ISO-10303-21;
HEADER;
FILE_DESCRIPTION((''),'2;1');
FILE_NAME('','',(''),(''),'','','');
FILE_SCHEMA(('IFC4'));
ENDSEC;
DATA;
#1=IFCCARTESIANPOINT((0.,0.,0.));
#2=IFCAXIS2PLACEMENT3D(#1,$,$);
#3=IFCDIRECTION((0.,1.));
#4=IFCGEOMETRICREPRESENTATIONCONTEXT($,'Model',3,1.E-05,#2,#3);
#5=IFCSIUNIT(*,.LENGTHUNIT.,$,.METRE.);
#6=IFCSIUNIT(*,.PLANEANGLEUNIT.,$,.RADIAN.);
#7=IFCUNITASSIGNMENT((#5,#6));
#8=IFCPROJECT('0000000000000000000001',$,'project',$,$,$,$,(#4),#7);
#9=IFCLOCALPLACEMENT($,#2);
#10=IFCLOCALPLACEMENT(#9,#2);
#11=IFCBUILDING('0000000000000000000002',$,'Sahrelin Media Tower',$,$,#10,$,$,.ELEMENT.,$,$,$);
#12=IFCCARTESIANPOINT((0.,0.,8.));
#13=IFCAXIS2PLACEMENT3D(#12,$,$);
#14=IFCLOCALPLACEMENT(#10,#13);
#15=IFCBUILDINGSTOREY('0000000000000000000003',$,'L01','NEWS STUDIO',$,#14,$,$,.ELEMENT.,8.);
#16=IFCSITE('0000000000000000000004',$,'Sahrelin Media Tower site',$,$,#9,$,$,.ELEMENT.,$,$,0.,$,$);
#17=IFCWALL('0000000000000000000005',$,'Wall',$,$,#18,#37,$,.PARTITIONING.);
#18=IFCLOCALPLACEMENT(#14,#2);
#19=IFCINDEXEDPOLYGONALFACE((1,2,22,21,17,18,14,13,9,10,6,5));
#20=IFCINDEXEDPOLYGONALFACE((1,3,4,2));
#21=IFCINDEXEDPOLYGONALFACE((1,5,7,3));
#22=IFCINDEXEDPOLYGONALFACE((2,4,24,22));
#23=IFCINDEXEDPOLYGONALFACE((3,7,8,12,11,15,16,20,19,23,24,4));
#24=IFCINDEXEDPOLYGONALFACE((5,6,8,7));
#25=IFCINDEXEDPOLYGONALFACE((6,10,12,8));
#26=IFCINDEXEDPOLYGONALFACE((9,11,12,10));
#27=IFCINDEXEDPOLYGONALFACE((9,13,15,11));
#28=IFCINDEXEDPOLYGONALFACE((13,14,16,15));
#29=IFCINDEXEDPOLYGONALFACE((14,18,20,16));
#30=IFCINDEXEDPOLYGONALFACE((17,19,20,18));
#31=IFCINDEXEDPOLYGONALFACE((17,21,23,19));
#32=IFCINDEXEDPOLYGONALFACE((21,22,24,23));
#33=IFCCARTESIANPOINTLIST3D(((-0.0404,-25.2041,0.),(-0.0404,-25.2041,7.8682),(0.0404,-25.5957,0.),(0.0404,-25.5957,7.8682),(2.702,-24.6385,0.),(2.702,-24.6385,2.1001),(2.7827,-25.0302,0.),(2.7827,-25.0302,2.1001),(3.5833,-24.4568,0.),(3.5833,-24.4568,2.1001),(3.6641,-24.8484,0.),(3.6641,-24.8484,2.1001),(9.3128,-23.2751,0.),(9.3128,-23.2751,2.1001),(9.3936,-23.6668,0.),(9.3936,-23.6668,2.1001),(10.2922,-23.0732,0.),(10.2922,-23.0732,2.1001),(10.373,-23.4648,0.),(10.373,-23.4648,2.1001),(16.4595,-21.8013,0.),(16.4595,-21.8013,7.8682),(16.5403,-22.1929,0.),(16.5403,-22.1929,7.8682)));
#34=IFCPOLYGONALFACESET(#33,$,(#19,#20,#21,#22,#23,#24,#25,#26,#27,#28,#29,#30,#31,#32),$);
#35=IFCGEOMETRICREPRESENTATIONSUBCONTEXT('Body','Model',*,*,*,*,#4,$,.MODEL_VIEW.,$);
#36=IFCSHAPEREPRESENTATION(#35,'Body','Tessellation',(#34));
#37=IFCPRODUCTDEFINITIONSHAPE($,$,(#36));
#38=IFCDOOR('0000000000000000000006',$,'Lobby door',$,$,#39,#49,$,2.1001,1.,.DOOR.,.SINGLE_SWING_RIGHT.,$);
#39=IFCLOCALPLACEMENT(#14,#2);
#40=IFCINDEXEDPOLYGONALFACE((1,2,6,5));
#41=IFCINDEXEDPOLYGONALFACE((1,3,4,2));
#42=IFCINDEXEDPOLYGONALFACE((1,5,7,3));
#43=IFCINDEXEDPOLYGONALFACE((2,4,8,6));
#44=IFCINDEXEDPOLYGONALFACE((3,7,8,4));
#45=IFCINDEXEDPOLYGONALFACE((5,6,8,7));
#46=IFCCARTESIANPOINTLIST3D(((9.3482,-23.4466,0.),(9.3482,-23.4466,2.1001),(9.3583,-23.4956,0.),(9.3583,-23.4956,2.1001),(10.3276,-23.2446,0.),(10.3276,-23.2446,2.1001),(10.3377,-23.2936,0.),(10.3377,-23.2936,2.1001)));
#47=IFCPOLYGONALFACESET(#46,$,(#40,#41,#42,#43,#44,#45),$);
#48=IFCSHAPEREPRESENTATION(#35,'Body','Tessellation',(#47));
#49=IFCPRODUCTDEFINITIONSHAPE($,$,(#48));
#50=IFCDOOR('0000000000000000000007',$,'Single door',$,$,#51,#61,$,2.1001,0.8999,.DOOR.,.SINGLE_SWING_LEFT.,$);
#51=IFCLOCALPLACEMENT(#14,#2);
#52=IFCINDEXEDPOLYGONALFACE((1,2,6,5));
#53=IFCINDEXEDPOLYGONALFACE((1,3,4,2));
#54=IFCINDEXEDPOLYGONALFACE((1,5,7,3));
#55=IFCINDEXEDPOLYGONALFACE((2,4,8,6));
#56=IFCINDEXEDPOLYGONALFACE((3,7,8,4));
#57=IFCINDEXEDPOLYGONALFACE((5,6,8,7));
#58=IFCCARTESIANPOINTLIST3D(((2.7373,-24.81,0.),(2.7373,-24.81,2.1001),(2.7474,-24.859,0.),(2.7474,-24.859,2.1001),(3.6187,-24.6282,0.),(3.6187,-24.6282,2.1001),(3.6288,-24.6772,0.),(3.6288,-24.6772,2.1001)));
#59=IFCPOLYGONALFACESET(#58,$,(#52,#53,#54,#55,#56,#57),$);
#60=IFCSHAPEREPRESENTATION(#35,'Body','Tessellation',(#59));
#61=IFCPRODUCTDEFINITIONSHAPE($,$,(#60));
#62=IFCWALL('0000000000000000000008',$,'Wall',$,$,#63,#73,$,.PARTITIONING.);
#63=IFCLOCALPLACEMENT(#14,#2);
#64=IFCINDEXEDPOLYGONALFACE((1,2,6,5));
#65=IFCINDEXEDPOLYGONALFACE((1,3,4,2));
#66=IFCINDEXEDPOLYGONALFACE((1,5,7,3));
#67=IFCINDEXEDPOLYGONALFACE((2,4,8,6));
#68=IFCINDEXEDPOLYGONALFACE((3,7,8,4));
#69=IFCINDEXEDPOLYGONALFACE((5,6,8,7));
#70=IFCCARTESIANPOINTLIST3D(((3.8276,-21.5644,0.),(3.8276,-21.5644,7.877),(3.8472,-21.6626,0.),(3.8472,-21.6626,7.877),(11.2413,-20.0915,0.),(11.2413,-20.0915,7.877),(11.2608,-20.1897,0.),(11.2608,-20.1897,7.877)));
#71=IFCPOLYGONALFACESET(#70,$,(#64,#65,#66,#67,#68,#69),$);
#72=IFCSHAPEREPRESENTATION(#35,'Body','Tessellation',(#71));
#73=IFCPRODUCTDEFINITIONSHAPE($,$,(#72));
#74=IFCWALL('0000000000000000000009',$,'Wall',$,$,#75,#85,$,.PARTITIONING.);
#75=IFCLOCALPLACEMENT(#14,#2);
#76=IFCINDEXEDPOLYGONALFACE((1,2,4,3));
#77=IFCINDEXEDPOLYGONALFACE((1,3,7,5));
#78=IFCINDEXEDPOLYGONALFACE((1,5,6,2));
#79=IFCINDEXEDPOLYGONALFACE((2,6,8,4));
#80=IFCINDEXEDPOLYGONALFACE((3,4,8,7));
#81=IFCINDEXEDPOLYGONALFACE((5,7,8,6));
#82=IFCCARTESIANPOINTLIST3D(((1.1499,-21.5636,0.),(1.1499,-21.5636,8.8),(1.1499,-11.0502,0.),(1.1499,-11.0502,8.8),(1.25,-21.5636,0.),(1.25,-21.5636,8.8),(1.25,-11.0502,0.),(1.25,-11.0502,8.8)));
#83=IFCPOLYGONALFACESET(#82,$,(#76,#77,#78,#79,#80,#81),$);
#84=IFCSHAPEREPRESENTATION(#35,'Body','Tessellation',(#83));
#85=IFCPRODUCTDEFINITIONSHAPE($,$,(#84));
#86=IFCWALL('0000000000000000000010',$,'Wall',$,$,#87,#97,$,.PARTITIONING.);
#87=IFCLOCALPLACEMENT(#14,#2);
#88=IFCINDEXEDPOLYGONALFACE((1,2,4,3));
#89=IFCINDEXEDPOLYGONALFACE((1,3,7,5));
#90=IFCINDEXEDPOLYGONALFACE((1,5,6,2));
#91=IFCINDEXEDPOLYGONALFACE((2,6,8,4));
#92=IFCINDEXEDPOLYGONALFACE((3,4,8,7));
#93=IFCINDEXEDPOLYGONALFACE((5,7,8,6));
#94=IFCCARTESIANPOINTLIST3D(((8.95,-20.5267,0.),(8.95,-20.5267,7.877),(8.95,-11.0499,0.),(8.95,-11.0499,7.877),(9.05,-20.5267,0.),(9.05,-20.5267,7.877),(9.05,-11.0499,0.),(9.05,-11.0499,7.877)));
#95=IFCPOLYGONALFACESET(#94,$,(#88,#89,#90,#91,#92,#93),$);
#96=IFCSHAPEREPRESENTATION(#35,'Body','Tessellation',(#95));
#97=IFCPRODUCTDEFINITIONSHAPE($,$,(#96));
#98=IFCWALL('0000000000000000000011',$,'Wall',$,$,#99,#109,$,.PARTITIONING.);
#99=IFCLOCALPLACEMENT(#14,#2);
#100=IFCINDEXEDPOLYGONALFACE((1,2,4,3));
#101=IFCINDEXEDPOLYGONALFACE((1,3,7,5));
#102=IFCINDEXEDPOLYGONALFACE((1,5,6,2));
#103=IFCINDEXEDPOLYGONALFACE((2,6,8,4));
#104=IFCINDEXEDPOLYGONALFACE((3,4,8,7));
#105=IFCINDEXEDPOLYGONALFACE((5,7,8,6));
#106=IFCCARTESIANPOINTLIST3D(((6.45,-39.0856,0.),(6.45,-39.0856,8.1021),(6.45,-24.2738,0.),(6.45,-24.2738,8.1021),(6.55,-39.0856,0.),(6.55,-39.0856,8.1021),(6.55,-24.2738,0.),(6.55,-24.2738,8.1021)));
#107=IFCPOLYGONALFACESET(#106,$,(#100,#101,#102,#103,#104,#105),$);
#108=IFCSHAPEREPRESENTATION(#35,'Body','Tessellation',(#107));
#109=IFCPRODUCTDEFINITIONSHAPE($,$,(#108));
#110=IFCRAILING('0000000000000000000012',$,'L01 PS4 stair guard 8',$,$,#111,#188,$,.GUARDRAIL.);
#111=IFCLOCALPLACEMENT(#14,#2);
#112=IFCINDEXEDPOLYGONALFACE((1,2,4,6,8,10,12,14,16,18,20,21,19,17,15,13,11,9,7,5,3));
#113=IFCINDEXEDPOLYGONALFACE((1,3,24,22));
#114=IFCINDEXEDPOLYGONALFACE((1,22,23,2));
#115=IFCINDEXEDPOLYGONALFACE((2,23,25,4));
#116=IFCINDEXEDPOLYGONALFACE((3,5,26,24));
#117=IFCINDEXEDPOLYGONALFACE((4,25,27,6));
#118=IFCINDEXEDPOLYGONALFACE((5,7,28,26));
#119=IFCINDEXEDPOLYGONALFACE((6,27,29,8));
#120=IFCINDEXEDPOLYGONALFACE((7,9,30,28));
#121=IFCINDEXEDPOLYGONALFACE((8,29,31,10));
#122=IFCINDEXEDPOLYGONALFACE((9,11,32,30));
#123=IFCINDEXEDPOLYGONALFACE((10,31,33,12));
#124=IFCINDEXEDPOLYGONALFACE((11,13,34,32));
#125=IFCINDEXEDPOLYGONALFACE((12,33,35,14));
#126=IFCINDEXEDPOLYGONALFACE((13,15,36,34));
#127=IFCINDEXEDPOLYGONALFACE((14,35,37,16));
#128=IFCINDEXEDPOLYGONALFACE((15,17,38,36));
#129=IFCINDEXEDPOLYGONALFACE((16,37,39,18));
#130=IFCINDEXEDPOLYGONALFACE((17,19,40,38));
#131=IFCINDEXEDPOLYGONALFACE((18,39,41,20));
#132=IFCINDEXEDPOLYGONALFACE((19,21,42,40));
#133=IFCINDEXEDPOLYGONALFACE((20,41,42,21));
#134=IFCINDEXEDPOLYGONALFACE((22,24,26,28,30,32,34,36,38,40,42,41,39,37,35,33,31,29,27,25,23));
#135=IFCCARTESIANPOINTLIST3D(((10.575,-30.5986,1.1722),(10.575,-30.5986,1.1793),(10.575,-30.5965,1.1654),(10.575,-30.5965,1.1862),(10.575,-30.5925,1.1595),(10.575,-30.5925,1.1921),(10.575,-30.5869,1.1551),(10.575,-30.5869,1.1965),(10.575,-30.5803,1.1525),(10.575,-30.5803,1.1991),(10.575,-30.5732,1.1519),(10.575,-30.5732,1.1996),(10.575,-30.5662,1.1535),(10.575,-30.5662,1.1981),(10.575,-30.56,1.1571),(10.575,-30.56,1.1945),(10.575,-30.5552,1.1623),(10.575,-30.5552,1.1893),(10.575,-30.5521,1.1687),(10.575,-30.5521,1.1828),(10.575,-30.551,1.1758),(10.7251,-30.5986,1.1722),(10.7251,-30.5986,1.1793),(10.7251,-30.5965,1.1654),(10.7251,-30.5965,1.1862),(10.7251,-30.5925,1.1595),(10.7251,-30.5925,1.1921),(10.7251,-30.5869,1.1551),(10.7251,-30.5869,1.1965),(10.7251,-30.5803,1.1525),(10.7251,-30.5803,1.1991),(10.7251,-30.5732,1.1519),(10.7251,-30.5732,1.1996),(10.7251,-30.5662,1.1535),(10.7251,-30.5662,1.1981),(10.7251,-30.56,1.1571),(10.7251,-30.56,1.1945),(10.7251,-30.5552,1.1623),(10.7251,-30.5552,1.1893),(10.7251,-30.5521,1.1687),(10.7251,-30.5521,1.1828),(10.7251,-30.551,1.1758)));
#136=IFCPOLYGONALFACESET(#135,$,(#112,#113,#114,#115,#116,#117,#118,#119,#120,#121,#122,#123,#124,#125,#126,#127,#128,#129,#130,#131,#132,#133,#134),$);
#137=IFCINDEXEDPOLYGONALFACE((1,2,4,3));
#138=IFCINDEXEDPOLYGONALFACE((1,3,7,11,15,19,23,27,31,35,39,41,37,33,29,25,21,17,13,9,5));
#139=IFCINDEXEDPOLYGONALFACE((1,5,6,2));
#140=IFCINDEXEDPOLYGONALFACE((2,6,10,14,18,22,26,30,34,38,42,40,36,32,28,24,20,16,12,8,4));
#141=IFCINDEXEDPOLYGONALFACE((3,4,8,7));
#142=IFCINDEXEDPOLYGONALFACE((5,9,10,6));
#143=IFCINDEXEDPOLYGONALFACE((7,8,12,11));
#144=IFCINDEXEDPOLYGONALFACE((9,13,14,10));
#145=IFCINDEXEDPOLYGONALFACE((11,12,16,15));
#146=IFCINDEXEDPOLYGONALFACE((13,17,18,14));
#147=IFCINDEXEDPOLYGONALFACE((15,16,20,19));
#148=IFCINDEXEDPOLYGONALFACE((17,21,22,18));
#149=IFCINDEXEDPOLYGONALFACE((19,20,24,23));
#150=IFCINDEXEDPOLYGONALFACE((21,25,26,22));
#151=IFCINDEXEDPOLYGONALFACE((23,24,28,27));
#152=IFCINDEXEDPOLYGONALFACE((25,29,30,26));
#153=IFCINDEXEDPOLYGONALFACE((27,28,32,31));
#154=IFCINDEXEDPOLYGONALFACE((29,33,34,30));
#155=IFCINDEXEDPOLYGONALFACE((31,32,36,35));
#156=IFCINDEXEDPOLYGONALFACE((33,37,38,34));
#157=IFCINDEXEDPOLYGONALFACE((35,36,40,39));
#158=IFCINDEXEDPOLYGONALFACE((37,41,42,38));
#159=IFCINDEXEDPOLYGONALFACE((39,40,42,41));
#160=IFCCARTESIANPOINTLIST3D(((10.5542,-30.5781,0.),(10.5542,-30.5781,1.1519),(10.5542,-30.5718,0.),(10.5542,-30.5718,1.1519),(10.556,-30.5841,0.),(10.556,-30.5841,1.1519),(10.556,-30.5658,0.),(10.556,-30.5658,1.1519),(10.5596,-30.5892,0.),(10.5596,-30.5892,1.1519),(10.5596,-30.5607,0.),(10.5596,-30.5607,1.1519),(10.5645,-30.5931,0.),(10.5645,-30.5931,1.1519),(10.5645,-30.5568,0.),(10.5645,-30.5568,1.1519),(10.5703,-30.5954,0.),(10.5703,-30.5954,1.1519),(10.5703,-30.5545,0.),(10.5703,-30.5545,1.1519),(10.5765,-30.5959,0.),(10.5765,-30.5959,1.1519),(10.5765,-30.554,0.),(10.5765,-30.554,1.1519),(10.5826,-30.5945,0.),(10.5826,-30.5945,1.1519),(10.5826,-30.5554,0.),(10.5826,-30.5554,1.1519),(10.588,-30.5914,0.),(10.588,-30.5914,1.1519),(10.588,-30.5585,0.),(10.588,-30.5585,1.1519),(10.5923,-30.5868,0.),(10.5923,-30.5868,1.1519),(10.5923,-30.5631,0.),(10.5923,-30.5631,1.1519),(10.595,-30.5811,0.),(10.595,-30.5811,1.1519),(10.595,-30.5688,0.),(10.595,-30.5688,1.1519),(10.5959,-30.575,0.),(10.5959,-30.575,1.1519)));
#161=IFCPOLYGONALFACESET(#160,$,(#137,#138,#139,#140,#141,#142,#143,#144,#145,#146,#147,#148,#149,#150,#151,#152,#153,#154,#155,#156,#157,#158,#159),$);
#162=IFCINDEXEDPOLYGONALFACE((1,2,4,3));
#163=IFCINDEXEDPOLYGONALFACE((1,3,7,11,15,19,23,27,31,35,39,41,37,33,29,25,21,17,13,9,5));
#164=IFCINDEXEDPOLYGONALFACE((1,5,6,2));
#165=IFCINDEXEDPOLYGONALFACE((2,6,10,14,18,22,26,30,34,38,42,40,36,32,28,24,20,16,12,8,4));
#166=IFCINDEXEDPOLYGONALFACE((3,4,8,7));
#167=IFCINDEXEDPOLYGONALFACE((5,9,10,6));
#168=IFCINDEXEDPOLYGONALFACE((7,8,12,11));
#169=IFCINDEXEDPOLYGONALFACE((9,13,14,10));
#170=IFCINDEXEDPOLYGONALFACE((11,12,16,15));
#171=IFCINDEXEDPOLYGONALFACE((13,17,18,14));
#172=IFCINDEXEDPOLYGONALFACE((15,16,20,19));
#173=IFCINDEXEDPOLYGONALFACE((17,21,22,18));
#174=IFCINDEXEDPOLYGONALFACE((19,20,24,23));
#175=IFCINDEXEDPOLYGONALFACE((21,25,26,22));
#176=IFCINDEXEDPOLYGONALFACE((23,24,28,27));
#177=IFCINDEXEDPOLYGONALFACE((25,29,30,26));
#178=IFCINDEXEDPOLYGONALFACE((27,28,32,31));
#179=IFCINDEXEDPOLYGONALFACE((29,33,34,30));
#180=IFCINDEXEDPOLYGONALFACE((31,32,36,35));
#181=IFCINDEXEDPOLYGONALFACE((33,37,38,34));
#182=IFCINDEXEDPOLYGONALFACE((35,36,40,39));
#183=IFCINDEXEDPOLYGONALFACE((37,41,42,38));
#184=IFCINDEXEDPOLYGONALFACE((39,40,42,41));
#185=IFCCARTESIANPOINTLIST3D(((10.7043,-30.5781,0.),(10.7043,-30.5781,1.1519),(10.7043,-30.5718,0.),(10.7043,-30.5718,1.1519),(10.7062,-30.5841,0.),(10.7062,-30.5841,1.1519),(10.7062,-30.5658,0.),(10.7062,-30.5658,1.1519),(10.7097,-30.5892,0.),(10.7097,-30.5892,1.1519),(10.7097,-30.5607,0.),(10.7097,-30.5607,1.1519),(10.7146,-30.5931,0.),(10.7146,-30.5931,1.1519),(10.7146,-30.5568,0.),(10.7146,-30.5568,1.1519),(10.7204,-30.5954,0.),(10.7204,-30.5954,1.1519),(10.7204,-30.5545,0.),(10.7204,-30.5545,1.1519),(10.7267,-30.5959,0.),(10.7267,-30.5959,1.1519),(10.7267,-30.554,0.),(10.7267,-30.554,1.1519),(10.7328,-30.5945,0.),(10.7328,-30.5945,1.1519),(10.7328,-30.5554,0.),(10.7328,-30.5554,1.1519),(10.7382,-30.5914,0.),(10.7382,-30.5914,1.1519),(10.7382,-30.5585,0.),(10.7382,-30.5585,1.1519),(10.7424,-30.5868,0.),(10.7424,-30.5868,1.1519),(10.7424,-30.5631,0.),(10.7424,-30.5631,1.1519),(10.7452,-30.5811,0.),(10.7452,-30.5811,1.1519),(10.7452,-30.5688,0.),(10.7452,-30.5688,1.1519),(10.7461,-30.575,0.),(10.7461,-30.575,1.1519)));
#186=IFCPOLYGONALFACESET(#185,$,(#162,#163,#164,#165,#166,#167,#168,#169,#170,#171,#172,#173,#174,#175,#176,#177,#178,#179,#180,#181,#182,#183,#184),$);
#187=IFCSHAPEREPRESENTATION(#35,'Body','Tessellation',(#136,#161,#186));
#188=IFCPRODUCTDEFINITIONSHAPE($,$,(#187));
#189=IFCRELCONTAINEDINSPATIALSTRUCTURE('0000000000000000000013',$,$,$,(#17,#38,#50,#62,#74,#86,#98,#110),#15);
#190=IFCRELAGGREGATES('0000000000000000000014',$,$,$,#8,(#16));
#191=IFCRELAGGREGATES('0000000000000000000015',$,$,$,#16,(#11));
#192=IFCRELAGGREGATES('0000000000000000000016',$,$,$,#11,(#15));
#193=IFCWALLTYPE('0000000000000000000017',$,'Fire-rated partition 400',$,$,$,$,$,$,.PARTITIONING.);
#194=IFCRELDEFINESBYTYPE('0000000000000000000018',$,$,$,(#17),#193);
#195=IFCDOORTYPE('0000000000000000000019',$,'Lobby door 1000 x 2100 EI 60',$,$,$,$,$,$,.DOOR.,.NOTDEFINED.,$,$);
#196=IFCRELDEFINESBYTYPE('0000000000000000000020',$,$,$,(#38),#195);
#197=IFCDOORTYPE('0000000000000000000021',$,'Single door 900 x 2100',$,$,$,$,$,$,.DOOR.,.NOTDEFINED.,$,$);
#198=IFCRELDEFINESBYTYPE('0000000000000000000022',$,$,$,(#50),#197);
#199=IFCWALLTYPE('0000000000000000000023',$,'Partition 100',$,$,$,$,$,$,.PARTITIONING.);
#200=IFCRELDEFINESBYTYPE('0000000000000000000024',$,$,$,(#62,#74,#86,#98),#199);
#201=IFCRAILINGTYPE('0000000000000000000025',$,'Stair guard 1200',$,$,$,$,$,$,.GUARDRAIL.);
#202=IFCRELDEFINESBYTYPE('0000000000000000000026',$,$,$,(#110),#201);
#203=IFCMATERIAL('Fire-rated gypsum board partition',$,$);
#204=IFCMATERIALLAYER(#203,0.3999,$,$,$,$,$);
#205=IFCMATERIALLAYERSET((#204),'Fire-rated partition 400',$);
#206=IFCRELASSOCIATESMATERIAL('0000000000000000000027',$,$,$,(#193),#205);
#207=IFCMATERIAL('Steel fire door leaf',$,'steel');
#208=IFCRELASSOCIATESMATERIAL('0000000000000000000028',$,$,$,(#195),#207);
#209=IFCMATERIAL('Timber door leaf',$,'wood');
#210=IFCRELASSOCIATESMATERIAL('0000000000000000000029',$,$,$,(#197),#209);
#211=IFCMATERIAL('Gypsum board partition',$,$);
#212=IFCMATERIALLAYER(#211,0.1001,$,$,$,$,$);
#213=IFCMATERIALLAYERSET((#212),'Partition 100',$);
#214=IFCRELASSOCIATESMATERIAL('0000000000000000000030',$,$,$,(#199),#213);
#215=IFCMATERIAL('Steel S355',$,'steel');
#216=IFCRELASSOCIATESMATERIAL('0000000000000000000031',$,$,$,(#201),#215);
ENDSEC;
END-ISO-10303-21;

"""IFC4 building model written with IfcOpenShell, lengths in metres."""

from ifc_helpers import new_model, si_unit, direction, frame, frame_2d, origin, origin_2d, place, context, subcontext, project, spatial, rectangle, circle, extrude, material, layer, layer_set, type_object, element, fill, save


model = new_model("IFC4")

# Units and contexts
model_context = context("Model", 3, precision=1e-05, world=origin(), true_north=direction((0.0, 1.0)))
body_context = subcontext(model_context, "Body", "Model", "MODEL_VIEW")
ifc_project = project(units=[si_unit("LENGTHUNIT", "METRE"), si_unit("PLANEANGLEUNIT", "RADIAN")], contexts=[model_context])

# Site, building, storey
site_placement = place(None, origin())
site = spatial("IfcSite", under=ifc_project, at=site_placement, Name="Sahrelin Media Tower site", CompositionType="ELEMENT", RefElevation=0.0)
building_placement = place(site_placement, origin())
building = spatial("IfcBuilding", under=site, at=building_placement, Name="Sahrelin Media Tower", CompositionType="ELEMENT")
storey_placement = place(building_placement, frame((0.0, 0.0, 8.0)))
storey = spatial("IfcBuildingStorey", under=building, at=storey_placement, Name="L01", Description="NEWS STUDIO", CompositionType="ELEMENT", Elevation=8.0)

# Shared definitions
ifc_material_1 = material(Name="Steel S355", Category="steel")

# Wall, openings, doors
ifc_material_2 = material(Name="Fire-rated gypsum board partition")
ifc_layer_1 = layer(ifc_material_2, 0.3999)
ifc_layer_set_1 = layer_set([ifc_layer_1], Name="Fire-rated partition 400")
wall_type_1 = type_object("IfcWallType", Name="Fire-rated partition 400", PredefinedType="PARTITIONING", material=ifc_layer_set_1)
wall_1_placement = place(storey_placement, frame((0.0, -25.3999, 0.0), z_axis=(0.0, 0.0, 1.0), x_axis=(0.979389, 0.201982, 0.0)))
wall_1 = element("IfcWall", 1, at=wall_1_placement, inside=storey, type_object=wall_type_1, Name="Wall", PredefinedType="PARTITIONING", context=body_context, shape_type="SweptSolid", body=[
    extrude(rectangle(XDim=16.8472, YDim=0.3999, at=frame_2d((8.4236, 0.0))), origin(), (0.0, 0.0, 1.0), 7.8682),
])
opening_1_placement = place(wall_1_placement, frame((9.55, 0.0, 0.0)))
opening_1 = element("IfcOpeningElement", 2, at=opening_1_placement, cuts=wall_1, PredefinedType="OPENING", context=body_context, shape_type="SweptSolid", body=[
    extrude(rectangle(XDim=1.0, YDim=2.1001, at=frame_2d((0.5, 1.05))), frame((0.0, 0.2, 0.0), z_axis=(0.0, -1.0, 0.0), x_axis=(1.0, 0.0, 0.0)), (0.0, 0.0, 1.0), 0.3999),
])
opening_2_placement = place(wall_1_placement, frame((2.8, 0.0, 0.0)))
opening_2 = element("IfcOpeningElement", 3, at=opening_2_placement, cuts=wall_1, PredefinedType="OPENING", context=body_context, shape_type="SweptSolid", body=[
    extrude(rectangle(XDim=0.8999, YDim=2.1001, at=frame_2d((0.45, 1.05))), frame((0.0, 0.2, 0.0), z_axis=(0.0, -1.0, 0.0), x_axis=(1.0, 0.0, 0.0)), (0.0, 0.0, 1.0), 0.3999),
])
ifc_material_3 = material(Name="Steel fire door leaf", Category="steel")
door_type_1 = type_object("IfcDoorType", Name="Lobby door 1000 x 2100 EI 60", OperationType="NOTDEFINED", PredefinedType="DOOR", material=ifc_material_3)
door_1_placement = place(opening_1_placement, origin())
door_1 = element("IfcDoor", 4, at=door_1_placement, inside=storey, type_object=door_type_1, Name="Lobby door", OperationType="SINGLE_SWING_RIGHT", OverallHeight=2.1001, OverallWidth=1.0, PredefinedType="DOOR", context=body_context, shape_type="SweptSolid", body=[
    extrude(rectangle(XDim=1.0, YDim=2.1001, at=frame_2d((0.5, 1.05))), frame((0.0, 0.0249, 0.0), z_axis=(0.0, -1.0, 0.0), x_axis=(1.0, 0.0, 0.0)), (0.0, 0.0, 1.0), 0.05),
])
fill(opening_1, door_1)
ifc_material_4 = material(Name="Timber door leaf", Category="wood")
door_type_2 = type_object("IfcDoorType", Name="Single door 900 x 2100", OperationType="NOTDEFINED", PredefinedType="DOOR", material=ifc_material_4)
door_2_placement = place(opening_2_placement, origin())
door_2 = element("IfcDoor", 5, at=door_2_placement, inside=storey, type_object=door_type_2, Name="Single door", OperationType="SINGLE_SWING_LEFT", OverallHeight=2.1001, OverallWidth=0.8999, PredefinedType="DOOR", context=body_context, shape_type="SweptSolid", body=[
    extrude(rectangle(XDim=0.8999, YDim=2.1001, at=frame_2d((0.45, 1.05))), frame((0.0, 0.0249, 0.0), z_axis=(0.0, -1.0, 0.0), x_axis=(1.0, 0.0, 0.0)), (0.0, 0.0, 1.0), 0.05),
])
fill(opening_2, door_2)

# Walls
ifc_material_5 = material(Name="Gypsum board partition")
ifc_layer_2 = layer(ifc_material_5, 0.1001)
ifc_layer_set_2 = layer_set([ifc_layer_2], Name="Partition 100")
wall_type_2 = type_object("IfcWallType", Name="Partition 100", PredefinedType="PARTITIONING", material=ifc_layer_set_2)
wall_2_placement = place(storey_placement, frame((3.8374, -21.6135, 0.0), z_axis=(0.0, 0.0, 1.0), x_axis=(0.98083, 0.194867, 0.0)))
element("IfcWall", 6, at=wall_2_placement, inside=storey, type_object=wall_type_2, Name="Wall", PredefinedType="PARTITIONING", context=body_context, shape_type="SweptSolid", body=[
    extrude(rectangle(XDim=7.5586, YDim=0.1001, at=frame_2d((3.7793, 0.0))), origin(), (0.0, 0.0, 1.0), 7.877),
])
wall_3_placement = place(storey_placement, frame((1.2, -11.05, 0.0), z_axis=(0.0, 0.0, 1.0), x_axis=(0.0, -1.0, 0.0)))
element("IfcWall", 7, at=wall_3_placement, inside=storey, type_object=wall_type_2, Name="Wall", PredefinedType="PARTITIONING", context=body_context, shape_type="SweptSolid", body=[
    extrude(rectangle(XDim=10.5134, YDim=0.1001, at=frame_2d((5.2568, 0.0))), origin(), (0.0, 0.0, 1.0), 8.8),
])
wall_4_placement = place(storey_placement, frame((9.0, -11.05, 0.0), z_axis=(0.0, 0.0, 1.0), x_axis=(0.0, -1.0, 0.0)))
element("IfcWall", 8, at=wall_4_placement, inside=storey, type_object=wall_type_2, Name="Wall", PredefinedType="PARTITIONING", context=body_context, shape_type="SweptSolid", body=[
    extrude(rectangle(XDim=9.4768, YDim=0.1001, at=frame_2d((4.7383, 0.0))), origin(), (0.0, 0.0, 1.0), 7.877),
])
wall_5_placement = place(storey_placement, frame((6.5, -24.2739, 0.0), z_axis=(0.0, 0.0, 1.0), x_axis=(0.0, -1.0, 0.0)))
element("IfcWall", 9, at=wall_5_placement, inside=storey, type_object=wall_type_2, Name="Wall", PredefinedType="PARTITIONING", context=body_context, shape_type="SweptSolid", body=[
    extrude(rectangle(XDim=14.8118, YDim=0.1001, at=frame_2d((7.4058, 0.0))), origin(), (0.0, 0.0, 1.0), 8.1021),
])

# Railing
railing_type = type_object("IfcRailingType", Name="Stair guard 1200", PredefinedType="GUARDRAIL", material=ifc_material_1)
railing_placement = place(storey_placement, frame((10.575, -30.575, 0.0)))
element("IfcRailing", 10, at=railing_placement, inside=storey, type_object=railing_type, Name="L01 PS4 stair guard 8", PredefinedType="GUARDRAIL", context=body_context, shape_type="SweptSolid", body=[
    extrude(circle(Radius=0.0239, at=origin_2d()), frame((0.0, 0.0, 1.1758), z_axis=(1.0, 0.0, 0.0), x_axis=(0.0, 1.0, 0.0)), (0.0, 0.0, 1.0), 0.1501),
    extrude(circle(Radius=0.021, at=origin_2d()), origin(), (0.0, 0.0, 1.0), 1.1519),
    extrude(circle(Radius=0.021, at=origin_2d()), frame((0.1501, 0.0, 0.0)), (0.0, 0.0, 1.0), 1.1519),
])

save(model, "model.ifc")
